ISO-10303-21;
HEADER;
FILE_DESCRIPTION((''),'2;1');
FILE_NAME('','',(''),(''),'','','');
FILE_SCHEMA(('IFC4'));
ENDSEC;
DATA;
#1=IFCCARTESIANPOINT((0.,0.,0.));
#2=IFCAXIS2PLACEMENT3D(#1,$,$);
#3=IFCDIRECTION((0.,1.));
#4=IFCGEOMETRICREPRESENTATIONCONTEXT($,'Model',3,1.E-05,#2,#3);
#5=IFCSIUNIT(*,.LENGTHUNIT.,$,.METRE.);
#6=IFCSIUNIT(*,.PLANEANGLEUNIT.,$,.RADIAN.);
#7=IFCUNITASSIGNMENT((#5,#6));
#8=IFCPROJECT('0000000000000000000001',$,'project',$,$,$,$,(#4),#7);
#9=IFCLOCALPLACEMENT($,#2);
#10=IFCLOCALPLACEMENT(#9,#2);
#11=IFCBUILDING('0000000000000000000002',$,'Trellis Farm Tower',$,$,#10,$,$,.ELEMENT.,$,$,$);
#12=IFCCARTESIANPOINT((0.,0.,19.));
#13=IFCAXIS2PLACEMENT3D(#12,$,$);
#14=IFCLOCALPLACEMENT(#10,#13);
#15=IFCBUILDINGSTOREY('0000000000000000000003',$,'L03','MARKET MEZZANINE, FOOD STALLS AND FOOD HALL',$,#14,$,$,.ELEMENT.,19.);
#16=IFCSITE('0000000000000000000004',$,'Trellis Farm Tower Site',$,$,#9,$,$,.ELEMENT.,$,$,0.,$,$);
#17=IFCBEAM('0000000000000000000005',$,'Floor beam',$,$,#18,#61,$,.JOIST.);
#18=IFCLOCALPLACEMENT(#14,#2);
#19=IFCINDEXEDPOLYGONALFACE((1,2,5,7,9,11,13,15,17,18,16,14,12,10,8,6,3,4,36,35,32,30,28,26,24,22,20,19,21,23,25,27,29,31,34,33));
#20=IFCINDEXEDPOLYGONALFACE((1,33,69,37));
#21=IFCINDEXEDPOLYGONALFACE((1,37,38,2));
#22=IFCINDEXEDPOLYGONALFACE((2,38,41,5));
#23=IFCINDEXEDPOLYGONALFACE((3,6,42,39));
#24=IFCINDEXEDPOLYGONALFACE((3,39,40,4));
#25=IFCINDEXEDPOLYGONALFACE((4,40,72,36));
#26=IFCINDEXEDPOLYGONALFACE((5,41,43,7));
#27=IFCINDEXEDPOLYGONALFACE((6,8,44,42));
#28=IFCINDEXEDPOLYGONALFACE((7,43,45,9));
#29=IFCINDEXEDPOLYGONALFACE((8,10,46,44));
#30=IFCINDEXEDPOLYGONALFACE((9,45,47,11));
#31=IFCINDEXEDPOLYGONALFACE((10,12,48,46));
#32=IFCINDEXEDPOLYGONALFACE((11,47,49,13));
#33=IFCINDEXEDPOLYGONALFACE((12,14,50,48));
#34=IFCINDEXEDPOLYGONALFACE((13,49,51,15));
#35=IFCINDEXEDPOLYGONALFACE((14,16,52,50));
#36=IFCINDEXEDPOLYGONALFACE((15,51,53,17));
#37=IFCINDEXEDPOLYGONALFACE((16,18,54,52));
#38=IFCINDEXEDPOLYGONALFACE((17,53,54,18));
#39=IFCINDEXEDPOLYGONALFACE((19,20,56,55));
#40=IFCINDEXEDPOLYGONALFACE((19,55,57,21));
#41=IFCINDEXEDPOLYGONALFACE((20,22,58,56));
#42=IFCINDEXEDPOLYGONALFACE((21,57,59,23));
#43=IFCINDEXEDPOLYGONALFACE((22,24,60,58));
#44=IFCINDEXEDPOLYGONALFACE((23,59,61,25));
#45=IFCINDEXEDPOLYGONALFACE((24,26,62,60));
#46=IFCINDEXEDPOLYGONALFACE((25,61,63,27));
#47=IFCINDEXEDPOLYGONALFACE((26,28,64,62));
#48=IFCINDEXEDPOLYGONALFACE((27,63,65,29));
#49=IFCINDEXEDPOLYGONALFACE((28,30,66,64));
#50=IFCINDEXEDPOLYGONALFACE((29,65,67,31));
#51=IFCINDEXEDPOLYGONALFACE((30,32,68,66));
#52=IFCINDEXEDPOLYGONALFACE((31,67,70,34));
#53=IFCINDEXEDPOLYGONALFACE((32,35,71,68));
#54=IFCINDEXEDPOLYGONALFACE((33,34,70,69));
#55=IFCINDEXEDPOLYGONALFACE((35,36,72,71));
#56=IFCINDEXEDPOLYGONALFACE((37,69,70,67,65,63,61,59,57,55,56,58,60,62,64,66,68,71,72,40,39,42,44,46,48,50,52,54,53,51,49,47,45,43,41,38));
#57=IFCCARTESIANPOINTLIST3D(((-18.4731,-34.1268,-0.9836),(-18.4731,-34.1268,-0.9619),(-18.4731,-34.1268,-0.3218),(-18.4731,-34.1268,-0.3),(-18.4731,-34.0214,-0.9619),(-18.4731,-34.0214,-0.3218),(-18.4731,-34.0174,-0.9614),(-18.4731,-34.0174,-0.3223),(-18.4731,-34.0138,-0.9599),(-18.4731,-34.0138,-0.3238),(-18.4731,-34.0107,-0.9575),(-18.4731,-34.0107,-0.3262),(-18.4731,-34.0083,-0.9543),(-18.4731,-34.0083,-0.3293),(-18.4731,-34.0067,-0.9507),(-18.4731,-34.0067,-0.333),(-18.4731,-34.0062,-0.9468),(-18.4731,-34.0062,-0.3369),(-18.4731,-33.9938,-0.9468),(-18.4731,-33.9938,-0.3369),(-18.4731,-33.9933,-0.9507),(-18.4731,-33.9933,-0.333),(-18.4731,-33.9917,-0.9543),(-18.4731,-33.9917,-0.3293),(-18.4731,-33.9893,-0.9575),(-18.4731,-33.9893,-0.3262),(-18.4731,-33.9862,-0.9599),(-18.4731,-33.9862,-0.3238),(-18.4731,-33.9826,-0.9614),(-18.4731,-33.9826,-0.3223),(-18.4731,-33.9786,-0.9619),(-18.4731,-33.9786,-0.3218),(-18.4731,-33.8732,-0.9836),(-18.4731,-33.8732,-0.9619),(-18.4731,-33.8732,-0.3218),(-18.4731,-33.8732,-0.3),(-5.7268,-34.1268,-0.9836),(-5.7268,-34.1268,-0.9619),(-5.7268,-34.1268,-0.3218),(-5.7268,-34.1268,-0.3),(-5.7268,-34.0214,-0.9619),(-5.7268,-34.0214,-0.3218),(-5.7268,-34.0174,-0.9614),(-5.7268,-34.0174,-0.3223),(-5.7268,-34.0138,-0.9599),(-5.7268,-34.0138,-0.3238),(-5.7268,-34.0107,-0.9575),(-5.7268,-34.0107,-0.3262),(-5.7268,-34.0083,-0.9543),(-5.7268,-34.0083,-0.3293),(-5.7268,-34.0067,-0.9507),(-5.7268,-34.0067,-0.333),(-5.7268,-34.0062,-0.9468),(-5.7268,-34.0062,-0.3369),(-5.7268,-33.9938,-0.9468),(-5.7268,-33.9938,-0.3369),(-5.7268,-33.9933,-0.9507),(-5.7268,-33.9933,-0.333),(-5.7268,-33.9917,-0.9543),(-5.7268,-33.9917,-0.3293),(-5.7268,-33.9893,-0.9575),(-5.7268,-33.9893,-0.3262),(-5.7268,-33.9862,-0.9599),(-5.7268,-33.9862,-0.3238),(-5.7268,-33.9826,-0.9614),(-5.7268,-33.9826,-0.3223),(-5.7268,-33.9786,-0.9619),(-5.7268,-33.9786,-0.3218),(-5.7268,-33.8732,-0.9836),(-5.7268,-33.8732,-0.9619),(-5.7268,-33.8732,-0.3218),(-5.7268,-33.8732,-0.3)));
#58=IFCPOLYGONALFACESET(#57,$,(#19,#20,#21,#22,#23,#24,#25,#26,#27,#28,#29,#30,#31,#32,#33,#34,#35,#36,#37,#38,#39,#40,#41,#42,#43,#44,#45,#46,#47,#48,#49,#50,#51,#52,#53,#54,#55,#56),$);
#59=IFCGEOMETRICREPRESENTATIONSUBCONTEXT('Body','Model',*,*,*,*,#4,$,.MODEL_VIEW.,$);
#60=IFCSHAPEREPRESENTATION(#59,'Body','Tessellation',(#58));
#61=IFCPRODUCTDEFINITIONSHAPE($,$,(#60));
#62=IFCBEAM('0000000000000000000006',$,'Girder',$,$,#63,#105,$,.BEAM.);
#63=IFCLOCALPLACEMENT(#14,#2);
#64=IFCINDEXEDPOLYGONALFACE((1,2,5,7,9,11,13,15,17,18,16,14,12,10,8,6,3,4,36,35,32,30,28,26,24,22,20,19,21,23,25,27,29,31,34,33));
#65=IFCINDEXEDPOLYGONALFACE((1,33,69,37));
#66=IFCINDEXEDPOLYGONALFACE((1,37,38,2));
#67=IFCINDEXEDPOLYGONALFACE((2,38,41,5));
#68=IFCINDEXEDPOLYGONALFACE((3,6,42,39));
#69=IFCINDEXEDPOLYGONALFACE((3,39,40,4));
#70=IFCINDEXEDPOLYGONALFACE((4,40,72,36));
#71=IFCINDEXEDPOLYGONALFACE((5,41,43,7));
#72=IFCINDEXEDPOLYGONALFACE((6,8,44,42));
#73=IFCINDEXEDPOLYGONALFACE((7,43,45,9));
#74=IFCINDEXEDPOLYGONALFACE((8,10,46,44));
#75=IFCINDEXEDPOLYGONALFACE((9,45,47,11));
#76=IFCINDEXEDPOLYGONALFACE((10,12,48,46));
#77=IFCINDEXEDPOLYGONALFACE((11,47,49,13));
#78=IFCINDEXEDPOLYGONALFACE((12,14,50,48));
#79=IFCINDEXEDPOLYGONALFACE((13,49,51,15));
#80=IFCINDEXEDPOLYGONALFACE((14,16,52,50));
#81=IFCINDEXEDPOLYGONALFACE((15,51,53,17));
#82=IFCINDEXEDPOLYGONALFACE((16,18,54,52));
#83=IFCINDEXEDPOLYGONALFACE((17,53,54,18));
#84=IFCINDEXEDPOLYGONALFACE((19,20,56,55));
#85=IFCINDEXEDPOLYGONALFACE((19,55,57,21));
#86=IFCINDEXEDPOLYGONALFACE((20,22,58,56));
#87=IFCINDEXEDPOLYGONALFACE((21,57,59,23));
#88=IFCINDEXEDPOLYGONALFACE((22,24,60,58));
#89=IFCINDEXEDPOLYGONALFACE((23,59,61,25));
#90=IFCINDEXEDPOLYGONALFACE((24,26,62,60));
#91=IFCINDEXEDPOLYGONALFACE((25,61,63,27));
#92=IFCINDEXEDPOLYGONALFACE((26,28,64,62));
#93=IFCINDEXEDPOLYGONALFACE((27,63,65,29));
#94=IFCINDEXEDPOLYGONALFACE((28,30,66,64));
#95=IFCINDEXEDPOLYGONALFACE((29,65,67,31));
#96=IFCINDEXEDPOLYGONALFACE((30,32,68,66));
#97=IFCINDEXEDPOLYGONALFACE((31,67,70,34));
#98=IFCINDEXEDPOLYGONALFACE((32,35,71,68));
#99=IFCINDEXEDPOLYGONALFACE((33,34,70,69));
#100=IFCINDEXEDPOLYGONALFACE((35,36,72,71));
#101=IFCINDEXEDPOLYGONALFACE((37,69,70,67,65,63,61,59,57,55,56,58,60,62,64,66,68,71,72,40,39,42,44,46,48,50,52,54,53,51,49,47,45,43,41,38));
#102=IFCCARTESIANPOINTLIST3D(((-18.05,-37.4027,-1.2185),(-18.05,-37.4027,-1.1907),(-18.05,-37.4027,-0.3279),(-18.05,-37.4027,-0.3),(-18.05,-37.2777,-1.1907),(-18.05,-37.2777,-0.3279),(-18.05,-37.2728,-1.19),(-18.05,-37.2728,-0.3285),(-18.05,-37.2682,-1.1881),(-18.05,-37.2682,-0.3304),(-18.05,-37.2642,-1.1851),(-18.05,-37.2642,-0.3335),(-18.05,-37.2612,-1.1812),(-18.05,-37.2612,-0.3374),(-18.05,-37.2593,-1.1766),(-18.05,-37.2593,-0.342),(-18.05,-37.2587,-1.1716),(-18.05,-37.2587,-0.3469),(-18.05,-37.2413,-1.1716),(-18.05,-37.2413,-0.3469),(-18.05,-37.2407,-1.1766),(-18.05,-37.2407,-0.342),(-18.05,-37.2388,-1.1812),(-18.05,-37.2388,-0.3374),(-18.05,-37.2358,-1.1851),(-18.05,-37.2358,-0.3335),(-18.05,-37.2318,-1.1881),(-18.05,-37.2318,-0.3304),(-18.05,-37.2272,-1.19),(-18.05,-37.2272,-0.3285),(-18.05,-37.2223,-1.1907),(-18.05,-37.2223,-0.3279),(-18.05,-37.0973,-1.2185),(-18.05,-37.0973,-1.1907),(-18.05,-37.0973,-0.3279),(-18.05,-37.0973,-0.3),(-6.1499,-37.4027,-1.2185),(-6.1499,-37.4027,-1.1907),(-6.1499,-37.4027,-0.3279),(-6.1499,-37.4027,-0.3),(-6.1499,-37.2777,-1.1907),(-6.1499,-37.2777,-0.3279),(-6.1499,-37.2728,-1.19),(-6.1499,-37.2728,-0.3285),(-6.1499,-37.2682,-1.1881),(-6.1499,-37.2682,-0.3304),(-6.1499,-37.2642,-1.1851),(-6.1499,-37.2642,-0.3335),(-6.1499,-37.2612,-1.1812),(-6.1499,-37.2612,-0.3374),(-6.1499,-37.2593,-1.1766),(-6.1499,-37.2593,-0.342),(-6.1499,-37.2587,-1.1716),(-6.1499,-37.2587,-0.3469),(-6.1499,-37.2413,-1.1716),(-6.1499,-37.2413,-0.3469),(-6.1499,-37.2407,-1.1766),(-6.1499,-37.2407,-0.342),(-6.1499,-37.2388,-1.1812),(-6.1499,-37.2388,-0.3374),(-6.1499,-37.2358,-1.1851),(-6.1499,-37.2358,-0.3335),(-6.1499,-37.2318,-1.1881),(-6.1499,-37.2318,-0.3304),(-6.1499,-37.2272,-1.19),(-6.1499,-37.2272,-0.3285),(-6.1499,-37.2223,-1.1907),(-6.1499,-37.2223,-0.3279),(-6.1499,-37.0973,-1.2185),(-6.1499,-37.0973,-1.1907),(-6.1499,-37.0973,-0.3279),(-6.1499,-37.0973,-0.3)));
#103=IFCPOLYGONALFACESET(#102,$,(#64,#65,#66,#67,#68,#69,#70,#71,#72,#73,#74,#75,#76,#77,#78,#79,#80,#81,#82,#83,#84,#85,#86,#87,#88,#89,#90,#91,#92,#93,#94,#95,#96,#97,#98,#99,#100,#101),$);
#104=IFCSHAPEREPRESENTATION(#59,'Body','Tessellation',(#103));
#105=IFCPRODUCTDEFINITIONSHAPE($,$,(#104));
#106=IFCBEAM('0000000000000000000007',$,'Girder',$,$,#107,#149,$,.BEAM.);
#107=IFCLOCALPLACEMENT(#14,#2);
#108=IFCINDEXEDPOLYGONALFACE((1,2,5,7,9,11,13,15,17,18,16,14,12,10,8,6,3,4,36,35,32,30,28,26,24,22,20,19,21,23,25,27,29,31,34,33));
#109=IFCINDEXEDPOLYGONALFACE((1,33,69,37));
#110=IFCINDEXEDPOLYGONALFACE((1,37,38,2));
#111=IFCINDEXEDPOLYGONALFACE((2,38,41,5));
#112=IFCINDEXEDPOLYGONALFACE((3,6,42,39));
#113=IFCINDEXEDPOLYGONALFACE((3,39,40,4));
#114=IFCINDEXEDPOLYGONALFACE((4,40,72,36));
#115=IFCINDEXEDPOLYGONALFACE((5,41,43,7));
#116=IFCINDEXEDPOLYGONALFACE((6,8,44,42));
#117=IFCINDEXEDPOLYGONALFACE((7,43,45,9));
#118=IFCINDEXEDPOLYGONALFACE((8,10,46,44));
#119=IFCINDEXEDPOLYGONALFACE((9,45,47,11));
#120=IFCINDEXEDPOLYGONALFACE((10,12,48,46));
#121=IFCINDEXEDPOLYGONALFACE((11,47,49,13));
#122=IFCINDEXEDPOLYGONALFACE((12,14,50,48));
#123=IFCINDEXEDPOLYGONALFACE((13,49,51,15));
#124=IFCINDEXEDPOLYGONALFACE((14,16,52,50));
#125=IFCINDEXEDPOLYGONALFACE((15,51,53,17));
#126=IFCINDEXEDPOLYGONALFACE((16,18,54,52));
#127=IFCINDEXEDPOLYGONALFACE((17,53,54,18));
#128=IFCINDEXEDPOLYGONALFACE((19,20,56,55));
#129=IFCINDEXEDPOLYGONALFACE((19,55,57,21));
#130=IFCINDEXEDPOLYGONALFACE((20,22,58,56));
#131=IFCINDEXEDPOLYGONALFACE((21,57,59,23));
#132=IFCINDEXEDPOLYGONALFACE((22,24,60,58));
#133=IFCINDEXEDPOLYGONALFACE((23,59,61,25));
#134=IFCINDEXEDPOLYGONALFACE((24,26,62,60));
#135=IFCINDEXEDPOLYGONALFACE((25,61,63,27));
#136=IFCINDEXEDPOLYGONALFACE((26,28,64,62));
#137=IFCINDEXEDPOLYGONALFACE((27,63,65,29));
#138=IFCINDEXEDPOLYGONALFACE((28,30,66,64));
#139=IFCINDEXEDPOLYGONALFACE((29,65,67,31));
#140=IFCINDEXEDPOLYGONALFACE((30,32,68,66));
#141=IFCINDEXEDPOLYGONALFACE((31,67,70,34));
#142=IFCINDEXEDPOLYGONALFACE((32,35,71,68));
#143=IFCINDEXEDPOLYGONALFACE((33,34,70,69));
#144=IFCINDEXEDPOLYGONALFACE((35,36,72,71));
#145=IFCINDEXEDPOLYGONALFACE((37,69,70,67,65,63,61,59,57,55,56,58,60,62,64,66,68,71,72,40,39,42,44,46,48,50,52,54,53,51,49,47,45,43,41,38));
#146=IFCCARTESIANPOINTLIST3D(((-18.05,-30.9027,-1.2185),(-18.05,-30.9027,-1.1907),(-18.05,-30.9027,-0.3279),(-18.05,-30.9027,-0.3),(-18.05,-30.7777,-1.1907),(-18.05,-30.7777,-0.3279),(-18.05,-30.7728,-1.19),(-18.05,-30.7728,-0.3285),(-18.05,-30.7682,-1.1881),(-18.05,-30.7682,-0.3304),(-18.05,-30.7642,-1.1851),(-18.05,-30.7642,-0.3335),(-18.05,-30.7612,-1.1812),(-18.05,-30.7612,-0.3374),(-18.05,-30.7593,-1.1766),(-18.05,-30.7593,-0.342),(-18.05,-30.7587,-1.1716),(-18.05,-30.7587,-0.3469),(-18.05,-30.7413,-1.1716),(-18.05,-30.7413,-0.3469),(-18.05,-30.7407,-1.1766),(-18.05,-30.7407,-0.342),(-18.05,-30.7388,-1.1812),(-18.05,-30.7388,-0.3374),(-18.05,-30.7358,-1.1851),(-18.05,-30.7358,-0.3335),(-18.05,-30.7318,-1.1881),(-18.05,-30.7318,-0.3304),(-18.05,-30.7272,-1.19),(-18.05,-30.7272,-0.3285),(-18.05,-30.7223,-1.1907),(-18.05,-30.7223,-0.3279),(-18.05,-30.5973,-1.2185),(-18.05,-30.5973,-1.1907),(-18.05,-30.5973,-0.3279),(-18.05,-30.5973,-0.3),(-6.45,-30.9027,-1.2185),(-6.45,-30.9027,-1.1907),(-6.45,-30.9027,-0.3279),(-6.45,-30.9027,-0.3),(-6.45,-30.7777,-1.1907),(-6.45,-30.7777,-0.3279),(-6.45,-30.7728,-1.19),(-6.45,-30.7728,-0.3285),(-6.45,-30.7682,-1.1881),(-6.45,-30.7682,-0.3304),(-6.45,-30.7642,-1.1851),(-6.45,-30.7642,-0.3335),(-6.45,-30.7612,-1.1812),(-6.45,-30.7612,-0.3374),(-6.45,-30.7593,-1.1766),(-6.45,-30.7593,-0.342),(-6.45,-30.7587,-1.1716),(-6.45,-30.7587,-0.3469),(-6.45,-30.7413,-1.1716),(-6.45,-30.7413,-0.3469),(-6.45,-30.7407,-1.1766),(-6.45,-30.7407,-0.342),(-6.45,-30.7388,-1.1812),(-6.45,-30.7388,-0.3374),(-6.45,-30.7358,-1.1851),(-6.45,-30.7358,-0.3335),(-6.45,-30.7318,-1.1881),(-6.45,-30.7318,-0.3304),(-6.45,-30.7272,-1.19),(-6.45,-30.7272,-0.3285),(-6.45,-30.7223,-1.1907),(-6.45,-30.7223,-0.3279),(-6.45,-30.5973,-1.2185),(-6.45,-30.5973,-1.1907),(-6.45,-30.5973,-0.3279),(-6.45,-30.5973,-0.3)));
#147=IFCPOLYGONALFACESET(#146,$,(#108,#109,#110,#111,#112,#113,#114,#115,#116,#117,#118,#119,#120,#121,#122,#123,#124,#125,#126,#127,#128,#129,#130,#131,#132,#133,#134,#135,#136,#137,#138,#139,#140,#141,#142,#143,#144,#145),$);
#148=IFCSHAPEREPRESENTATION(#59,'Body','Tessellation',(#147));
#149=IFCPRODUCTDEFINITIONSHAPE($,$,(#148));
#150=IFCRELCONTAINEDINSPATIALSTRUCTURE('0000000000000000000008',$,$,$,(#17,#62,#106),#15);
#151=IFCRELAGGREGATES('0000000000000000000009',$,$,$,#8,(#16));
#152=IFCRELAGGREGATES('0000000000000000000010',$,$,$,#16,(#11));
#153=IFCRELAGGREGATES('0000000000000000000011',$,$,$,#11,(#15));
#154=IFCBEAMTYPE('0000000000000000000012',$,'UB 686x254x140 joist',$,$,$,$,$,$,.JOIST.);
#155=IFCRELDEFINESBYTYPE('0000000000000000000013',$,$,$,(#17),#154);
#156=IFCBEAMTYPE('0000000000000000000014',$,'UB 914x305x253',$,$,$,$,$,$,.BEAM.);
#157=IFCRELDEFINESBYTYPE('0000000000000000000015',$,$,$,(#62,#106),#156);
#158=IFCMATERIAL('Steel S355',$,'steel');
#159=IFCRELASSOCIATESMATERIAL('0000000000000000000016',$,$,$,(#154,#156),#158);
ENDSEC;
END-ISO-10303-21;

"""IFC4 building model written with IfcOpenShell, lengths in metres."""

from ifc_helpers import new_model, si_unit, direction, frame, origin, origin_2d, place, context, subcontext, project, spatial, i_section, extrude, source, transform, mapped, material, material_profile, profile_set, type_object, element, save


model = new_model("IFC4")

# Units and contexts
model_context = context("Model", 3, precision=1e-05, world=origin(), true_north=direction((0.0, 1.0)))
body_context = subcontext(model_context, "Body", "Model", "MODEL_VIEW")
ifc_project = project(units=[si_unit("LENGTHUNIT", "METRE"), si_unit("PLANEANGLEUNIT", "RADIAN")], contexts=[model_context])

# Site, building, storey
site_placement = place(None, origin())
site = spatial("IfcSite", under=ifc_project, at=site_placement, Name="Trellis Farm Tower Site", CompositionType="ELEMENT", RefElevation=0.0)
building_placement = place(site_placement, origin())
building = spatial("IfcBuilding", under=site, at=building_placement, Name="Trellis Farm Tower", CompositionType="ELEMENT")
storey_placement = place(building_placement, frame((0.0, 0.0, 19.0)))
storey = spatial("IfcBuildingStorey", under=building, at=storey_placement, Name="L03", Description="MARKET MEZZANINE, FOOD STALLS AND FOOD HALL", CompositionType="ELEMENT", Elevation=19.0)

# Beams
ifc_material_1 = material(Name="Steel S355", Category="steel")
ifc_material_profile_1 = material_profile(ifc_material_1, i_section(OverallWidth=0.2537, OverallDepth=0.6836, WebThickness=0.0125, FlangeThickness=0.0217, FilletRadius=0.0151, at=origin_2d()), Name="UB 686x254x140")
ifc_profile_set_1 = profile_set([ifc_material_profile_1], Name="Steel S355")
beam_type_1 = type_object("IfcBeamType", Name="UB 686x254x140 joist", PredefinedType="JOIST", material=ifc_profile_set_1)
shared_shape_1 = source(origin(), body_context, "Body", "SweptSolid", [
    extrude(i_section(OverallWidth=0.2537, OverallDepth=0.6836, WebThickness=0.0125, FlangeThickness=0.0217, FilletRadius=0.0151, at=origin_2d()), origin(), (0.0, 0.0, 1.0), 12.7463),
])
beam_1_placement = place(storey_placement, frame((-18.4731, -34.0, -0.6418), z_axis=(1.0, 0.0, 0.0), x_axis=(0.0, 1.0, 0.0)))
element("IfcBeam", 1, at=beam_1_placement, inside=storey, type_object=beam_type_1, Name="Floor beam", PredefinedType="JOIST", context=body_context, shape_type="MappedRepresentation", body=[
    mapped(shared_shape_1, transform((0.0, 0.0, 0.0))),
])
ifc_material_profile_2 = material_profile(ifc_material_1, i_section(OverallWidth=0.3054, OverallDepth=0.9185, WebThickness=0.0173, FlangeThickness=0.0278, FilletRadius=0.019, at=origin_2d()), Name="UB 914x305x253")
ifc_profile_set_2 = profile_set([ifc_material_profile_2], Name="Steel S355")
beam_type_2 = type_object("IfcBeamType", Name="UB 914x305x253", PredefinedType="BEAM", material=ifc_profile_set_2)
shared_shape_2 = source(origin(), body_context, "Body", "SweptSolid", [
    extrude(i_section(OverallWidth=0.3054, OverallDepth=0.9185, WebThickness=0.0173, FlangeThickness=0.0278, FilletRadius=0.019, at=origin_2d()), origin(), (0.0, 0.0, 1.0), 11.9001),
])
beam_2_placement = place(storey_placement, frame((-18.05, -37.25, -0.7593), z_axis=(1.0, 0.0, 0.0), x_axis=(0.0, 1.0, 0.0)))
element("IfcBeam", 2, at=beam_2_placement, inside=storey, type_object=beam_type_2, Name="Girder", PredefinedType="BEAM", context=body_context, shape_type="MappedRepresentation", body=[
    mapped(shared_shape_2, transform((0.0, 0.0, 0.0))),
])
shared_shape_3 = source(origin(), body_context, "Body", "SweptSolid", [
    extrude(i_section(OverallWidth=0.3054, OverallDepth=0.9185, WebThickness=0.0173, FlangeThickness=0.0278, FilletRadius=0.019, at=origin_2d()), origin(), (0.0, 0.0, 1.0), 11.6001),
])
beam_3_placement = place(storey_placement, frame((-18.05, -30.75, -0.7593), z_axis=(1.0, 0.0, 0.0), x_axis=(0.0, 1.0, 0.0)))
element("IfcBeam", 3, at=beam_3_placement, inside=storey, type_object=beam_type_2, Name="Girder", PredefinedType="BEAM", context=body_context, shape_type="MappedRepresentation", body=[
    mapped(shared_shape_3, transform((0.0, 0.0, 0.0))),
])

save(model, "model.ifc")
